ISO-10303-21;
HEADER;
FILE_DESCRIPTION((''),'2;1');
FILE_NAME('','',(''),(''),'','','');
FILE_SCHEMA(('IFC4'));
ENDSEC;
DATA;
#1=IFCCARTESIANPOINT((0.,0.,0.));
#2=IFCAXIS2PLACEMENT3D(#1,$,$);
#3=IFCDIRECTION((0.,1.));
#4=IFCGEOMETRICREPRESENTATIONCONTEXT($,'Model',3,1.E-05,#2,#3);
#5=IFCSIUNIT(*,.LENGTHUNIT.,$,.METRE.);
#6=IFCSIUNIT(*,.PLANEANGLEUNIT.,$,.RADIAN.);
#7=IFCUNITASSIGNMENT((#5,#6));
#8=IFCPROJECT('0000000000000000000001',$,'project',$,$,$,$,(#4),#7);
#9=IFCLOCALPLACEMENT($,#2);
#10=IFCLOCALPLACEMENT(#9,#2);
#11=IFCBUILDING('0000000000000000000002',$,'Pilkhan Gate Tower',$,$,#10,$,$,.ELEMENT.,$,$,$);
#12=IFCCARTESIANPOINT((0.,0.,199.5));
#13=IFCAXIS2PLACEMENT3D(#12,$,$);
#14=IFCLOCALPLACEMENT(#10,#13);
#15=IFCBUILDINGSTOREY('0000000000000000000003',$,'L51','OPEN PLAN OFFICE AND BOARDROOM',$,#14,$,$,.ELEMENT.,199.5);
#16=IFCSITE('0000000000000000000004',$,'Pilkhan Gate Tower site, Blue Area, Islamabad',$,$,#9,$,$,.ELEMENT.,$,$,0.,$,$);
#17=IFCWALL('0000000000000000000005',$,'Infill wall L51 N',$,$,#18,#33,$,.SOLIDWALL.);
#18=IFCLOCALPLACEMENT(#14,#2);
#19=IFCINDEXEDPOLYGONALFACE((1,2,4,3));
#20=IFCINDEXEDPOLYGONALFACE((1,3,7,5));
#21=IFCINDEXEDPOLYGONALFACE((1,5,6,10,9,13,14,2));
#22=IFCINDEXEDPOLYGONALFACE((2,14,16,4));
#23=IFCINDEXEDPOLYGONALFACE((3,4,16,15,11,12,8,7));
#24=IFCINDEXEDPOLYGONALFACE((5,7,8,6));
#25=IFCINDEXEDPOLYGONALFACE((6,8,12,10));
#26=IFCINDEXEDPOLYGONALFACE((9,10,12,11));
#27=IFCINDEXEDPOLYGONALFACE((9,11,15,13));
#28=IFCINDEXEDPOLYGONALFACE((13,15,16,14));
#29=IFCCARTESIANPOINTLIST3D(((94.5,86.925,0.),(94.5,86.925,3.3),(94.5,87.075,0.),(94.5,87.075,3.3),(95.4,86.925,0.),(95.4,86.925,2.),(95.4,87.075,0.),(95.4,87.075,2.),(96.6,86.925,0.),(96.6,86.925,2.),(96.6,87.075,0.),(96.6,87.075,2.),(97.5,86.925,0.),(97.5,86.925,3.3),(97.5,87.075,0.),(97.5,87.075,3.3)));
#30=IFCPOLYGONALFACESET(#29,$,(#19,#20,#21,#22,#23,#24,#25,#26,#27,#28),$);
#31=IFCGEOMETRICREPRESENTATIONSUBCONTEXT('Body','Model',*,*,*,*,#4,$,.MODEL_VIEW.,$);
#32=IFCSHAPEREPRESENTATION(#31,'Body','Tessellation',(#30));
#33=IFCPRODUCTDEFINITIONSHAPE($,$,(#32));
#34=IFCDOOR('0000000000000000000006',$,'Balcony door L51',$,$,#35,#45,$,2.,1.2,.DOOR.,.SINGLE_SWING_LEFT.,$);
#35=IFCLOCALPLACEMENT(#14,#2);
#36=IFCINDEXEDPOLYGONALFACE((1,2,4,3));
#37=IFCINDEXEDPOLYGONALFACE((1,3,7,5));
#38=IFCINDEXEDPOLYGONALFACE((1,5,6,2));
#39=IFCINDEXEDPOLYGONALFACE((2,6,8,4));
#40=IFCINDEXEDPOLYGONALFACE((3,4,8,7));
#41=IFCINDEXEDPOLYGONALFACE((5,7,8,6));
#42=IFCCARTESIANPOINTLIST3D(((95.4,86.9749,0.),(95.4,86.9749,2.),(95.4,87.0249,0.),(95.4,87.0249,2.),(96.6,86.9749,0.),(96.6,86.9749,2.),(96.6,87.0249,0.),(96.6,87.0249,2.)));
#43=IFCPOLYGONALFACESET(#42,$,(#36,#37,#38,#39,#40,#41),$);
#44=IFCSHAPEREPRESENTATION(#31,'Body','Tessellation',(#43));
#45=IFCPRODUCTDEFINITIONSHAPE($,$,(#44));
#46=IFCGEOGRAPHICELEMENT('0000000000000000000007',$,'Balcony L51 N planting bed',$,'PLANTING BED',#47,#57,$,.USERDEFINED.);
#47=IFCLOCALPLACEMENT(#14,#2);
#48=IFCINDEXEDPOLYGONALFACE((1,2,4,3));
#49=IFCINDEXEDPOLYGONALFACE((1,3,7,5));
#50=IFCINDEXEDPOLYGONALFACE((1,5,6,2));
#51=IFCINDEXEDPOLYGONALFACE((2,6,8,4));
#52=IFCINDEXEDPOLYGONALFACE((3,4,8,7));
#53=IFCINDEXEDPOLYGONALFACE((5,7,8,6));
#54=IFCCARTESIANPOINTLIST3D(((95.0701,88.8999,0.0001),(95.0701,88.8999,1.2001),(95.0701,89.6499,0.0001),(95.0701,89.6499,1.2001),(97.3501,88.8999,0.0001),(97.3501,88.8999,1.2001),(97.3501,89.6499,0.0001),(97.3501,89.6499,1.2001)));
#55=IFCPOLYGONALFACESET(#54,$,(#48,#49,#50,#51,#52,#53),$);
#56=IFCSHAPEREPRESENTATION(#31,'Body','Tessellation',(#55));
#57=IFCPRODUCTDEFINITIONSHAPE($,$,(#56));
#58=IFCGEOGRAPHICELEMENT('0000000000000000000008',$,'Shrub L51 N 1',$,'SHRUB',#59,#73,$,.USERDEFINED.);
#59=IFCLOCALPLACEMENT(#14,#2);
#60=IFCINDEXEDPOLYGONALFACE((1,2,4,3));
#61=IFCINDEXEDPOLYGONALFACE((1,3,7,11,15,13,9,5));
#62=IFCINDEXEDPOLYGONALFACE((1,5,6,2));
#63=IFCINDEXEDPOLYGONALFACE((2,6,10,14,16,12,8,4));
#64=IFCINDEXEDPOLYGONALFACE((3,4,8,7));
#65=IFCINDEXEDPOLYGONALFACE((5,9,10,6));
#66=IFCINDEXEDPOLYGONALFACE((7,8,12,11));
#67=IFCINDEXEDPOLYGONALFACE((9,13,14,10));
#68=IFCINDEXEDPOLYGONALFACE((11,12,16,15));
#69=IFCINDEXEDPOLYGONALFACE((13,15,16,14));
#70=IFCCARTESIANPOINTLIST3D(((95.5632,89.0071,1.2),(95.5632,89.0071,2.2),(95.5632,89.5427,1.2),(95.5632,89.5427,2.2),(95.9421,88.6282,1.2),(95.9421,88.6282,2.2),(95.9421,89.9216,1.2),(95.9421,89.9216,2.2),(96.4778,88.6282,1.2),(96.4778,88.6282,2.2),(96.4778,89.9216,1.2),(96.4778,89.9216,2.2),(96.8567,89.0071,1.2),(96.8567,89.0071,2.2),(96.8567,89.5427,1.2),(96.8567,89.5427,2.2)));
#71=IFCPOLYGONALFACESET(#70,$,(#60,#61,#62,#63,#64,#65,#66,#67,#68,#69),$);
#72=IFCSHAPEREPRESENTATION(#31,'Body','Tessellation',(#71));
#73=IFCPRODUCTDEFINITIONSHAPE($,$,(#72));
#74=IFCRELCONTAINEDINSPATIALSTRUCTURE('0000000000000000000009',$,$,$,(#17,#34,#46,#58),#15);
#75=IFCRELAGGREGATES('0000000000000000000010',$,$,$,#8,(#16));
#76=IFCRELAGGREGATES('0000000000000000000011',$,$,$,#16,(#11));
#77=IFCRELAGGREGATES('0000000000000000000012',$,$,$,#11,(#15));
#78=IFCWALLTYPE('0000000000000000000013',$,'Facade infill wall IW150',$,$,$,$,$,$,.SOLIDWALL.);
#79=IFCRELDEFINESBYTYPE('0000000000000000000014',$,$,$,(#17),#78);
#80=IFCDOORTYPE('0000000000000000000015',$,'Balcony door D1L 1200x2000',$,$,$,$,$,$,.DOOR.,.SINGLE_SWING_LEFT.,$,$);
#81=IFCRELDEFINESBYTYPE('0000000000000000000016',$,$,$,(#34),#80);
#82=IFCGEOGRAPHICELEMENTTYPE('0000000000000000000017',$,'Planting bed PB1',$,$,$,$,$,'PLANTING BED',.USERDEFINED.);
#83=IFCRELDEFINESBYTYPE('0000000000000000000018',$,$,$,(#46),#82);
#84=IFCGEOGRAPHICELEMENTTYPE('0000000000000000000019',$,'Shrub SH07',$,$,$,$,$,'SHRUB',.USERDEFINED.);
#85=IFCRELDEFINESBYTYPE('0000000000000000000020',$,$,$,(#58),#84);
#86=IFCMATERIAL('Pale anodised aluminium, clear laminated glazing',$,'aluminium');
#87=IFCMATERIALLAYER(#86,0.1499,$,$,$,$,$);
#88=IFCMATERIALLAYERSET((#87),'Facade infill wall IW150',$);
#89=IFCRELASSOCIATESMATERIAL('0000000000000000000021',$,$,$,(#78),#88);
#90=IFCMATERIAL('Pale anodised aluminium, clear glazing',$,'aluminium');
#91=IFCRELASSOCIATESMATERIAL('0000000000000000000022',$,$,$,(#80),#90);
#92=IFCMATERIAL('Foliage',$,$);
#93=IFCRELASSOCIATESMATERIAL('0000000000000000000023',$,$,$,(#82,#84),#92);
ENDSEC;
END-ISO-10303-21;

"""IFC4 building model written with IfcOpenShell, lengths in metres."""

from ifc_helpers import new_model, si_unit, direction, frame, frame_2d, origin, origin_2d, place, context, subcontext, project, spatial, polyline, rectangle, outline, extrude, material, layer, layer_set, material_profile, profile_set, type_object, element, fill, save


model = new_model("IFC4")

# Units and contexts
model_context = context("Model", 3, precision=1e-05, world=origin(), true_north=direction((0.0, 1.0)))
body_context = subcontext(model_context, "Body", "Model", "MODEL_VIEW")
ifc_project = project(units=[si_unit("LENGTHUNIT", "METRE"), si_unit("PLANEANGLEUNIT", "RADIAN")], contexts=[model_context])

# Site, building, storey
site_placement = place(None, origin())
site = spatial("IfcSite", under=ifc_project, at=site_placement, Name="Pilkhan Gate Tower site, Blue Area, Islamabad", CompositionType="ELEMENT", RefElevation=0.0)
building_placement = place(site_placement, origin())
building = spatial("IfcBuilding", under=site, at=building_placement, Name="Pilkhan Gate Tower", CompositionType="ELEMENT")
storey_placement = place(building_placement, frame((0.0, 0.0, 199.5)))
storey = spatial("IfcBuildingStorey", under=building, at=storey_placement, Name="L51", Description="OPEN PLAN OFFICE AND BOARDROOM", CompositionType="ELEMENT", Elevation=199.5)

# Wall, opening, door
ifc_material_1 = material(Name="Pale anodised aluminium, clear laminated glazing", Category="aluminium")
ifc_layer_1 = layer(ifc_material_1, 0.1499)
ifc_layer_set_1 = layer_set([ifc_layer_1], Name="Facade infill wall IW150")
wall_type_1 = type_object("IfcWallType", Name="Facade infill wall IW150", PredefinedType="SOLIDWALL", material=ifc_layer_set_1)
wall_1_placement = place(storey_placement, frame((94.5, 87.0, 0.0), z_axis=(0.0, 0.0, 1.0), x_axis=(1.0, 0.0, 0.0)))
wall_1 = element("IfcWall", 1, at=wall_1_placement, inside=storey, type_object=wall_type_1, Name="Infill wall L51 N", PredefinedType="SOLIDWALL", context=body_context, shape_type="SweptSolid", body=[
    extrude(rectangle(XDim=3.0, YDim=0.1499, at=frame_2d((1.5, 0.0))), origin(), (0.0, 0.0, 1.0), 3.3),
])
opening_placement = place(wall_1_placement, frame((0.8999, 0.0, 0.0)))
opening = element("IfcOpeningElement", 2, at=opening_placement, cuts=wall_1, PredefinedType="OPENING", context=body_context, shape_type="SweptSolid", body=[
    extrude(rectangle(XDim=1.2, YDim=2.0, at=frame_2d((0.6001, 1.0))), frame((0.0, 0.085, 0.0), z_axis=(0.0, -1.0, 0.0), x_axis=(1.0, 0.0, 0.0)), (0.0, 0.0, 1.0), 0.1699),
])
ifc_material_2 = material(Name="Pale anodised aluminium, clear glazing", Category="aluminium")
door_type = type_object("IfcDoorType", Name="Balcony door D1L 1200x2000", OperationType="SINGLE_SWING_LEFT", PredefinedType="DOOR", material=ifc_material_2)
door_placement = place(opening_placement, origin())
door = element("IfcDoor", 3, at=door_placement, inside=storey, type_object=door_type, Name="Balcony door L51", OperationType="SINGLE_SWING_LEFT", OverallHeight=2.0, OverallWidth=1.2, PredefinedType="DOOR", context=body_context, shape_type="SweptSolid", body=[
    extrude(rectangle(XDim=1.2, YDim=2.0, at=frame_2d((0.6001, 1.0))), frame((0.0, 0.0249, 0.0), z_axis=(0.0, -1.0, 0.0), x_axis=(1.0, 0.0, 0.0)), (0.0, 0.0, 1.0), 0.05),
])
fill(opening, door)

# Geographic elements
ifc_material_3 = material(Name="Foliage")
ifc_material_profile_1 = material_profile(ifc_material_3, rectangle(XDim=0.75, YDim=1.2, at=origin_2d()), Name="Bed 750x1200")
ifc_profile_set_1 = profile_set([ifc_material_profile_1], Name="Foliage")
geographic_element_type_1 = type_object("IfcGeographicElementType", Name="Planting bed PB1", ElementType="PLANTING BED", PredefinedType="USERDEFINED", material=ifc_profile_set_1)
geographic_element_1_placement = place(storey_placement, frame((95.0701, 89.2749, 0.6001), z_axis=(1.0, 0.0, 0.0), x_axis=(0.0, 1.0, 0.0)))
element("IfcGeographicElement", 4, at=geographic_element_1_placement, inside=storey, type_object=geographic_element_type_1, Name="Balcony L51 N planting bed", ObjectType="PLANTING BED", PredefinedType="USERDEFINED", context=body_context, shape_type="SweptSolid", body=[
    extrude(rectangle(XDim=0.75, YDim=1.2, at=origin_2d()), origin(), (0.0, 0.0, 1.0), 2.28),
])
ifc_material_profile_2 = material_profile(ifc_material_3, outline(polyline([(0.6467, 0.2678), (0.2678, 0.6467), (-0.2678, 0.6467), (-0.6467, 0.2678), (-0.6467, -0.2678), (-0.2678, -0.6467), (0.2678, -0.6467), (0.6467, -0.2678), (0.6467, 0.2678)])), Name="Shrub D1.4")
ifc_profile_set_2 = profile_set([ifc_material_profile_2], Name="Foliage")
geographic_element_type_2 = type_object("IfcGeographicElementType", Name="Shrub SH07", ElementType="SHRUB", PredefinedType="USERDEFINED", material=ifc_profile_set_2)
geographic_element_2_placement = place(storey_placement, frame((96.21, 89.2749, 1.2), z_axis=(0.0, 0.0, 1.0), x_axis=(1.0, 0.0, 0.0)))
element("IfcGeographicElement", 5, at=geographic_element_2_placement, inside=storey, type_object=geographic_element_type_2, Name="Shrub L51 N 1", ObjectType="SHRUB", PredefinedType="USERDEFINED", context=body_context, shape_type="SweptSolid", body=[
    extrude(outline(polyline([(0.6467, 0.2678), (0.2678, 0.6467), (-0.2678, 0.6467), (-0.6467, 0.2678), (-0.6467, -0.2678), (-0.2678, -0.6467), (0.2678, -0.6467), (0.6467, -0.2678), (0.6467, 0.2678)])), origin(), (0.0, 0.0, 1.0), 1.0),
])

save(model, "model.ifc")
